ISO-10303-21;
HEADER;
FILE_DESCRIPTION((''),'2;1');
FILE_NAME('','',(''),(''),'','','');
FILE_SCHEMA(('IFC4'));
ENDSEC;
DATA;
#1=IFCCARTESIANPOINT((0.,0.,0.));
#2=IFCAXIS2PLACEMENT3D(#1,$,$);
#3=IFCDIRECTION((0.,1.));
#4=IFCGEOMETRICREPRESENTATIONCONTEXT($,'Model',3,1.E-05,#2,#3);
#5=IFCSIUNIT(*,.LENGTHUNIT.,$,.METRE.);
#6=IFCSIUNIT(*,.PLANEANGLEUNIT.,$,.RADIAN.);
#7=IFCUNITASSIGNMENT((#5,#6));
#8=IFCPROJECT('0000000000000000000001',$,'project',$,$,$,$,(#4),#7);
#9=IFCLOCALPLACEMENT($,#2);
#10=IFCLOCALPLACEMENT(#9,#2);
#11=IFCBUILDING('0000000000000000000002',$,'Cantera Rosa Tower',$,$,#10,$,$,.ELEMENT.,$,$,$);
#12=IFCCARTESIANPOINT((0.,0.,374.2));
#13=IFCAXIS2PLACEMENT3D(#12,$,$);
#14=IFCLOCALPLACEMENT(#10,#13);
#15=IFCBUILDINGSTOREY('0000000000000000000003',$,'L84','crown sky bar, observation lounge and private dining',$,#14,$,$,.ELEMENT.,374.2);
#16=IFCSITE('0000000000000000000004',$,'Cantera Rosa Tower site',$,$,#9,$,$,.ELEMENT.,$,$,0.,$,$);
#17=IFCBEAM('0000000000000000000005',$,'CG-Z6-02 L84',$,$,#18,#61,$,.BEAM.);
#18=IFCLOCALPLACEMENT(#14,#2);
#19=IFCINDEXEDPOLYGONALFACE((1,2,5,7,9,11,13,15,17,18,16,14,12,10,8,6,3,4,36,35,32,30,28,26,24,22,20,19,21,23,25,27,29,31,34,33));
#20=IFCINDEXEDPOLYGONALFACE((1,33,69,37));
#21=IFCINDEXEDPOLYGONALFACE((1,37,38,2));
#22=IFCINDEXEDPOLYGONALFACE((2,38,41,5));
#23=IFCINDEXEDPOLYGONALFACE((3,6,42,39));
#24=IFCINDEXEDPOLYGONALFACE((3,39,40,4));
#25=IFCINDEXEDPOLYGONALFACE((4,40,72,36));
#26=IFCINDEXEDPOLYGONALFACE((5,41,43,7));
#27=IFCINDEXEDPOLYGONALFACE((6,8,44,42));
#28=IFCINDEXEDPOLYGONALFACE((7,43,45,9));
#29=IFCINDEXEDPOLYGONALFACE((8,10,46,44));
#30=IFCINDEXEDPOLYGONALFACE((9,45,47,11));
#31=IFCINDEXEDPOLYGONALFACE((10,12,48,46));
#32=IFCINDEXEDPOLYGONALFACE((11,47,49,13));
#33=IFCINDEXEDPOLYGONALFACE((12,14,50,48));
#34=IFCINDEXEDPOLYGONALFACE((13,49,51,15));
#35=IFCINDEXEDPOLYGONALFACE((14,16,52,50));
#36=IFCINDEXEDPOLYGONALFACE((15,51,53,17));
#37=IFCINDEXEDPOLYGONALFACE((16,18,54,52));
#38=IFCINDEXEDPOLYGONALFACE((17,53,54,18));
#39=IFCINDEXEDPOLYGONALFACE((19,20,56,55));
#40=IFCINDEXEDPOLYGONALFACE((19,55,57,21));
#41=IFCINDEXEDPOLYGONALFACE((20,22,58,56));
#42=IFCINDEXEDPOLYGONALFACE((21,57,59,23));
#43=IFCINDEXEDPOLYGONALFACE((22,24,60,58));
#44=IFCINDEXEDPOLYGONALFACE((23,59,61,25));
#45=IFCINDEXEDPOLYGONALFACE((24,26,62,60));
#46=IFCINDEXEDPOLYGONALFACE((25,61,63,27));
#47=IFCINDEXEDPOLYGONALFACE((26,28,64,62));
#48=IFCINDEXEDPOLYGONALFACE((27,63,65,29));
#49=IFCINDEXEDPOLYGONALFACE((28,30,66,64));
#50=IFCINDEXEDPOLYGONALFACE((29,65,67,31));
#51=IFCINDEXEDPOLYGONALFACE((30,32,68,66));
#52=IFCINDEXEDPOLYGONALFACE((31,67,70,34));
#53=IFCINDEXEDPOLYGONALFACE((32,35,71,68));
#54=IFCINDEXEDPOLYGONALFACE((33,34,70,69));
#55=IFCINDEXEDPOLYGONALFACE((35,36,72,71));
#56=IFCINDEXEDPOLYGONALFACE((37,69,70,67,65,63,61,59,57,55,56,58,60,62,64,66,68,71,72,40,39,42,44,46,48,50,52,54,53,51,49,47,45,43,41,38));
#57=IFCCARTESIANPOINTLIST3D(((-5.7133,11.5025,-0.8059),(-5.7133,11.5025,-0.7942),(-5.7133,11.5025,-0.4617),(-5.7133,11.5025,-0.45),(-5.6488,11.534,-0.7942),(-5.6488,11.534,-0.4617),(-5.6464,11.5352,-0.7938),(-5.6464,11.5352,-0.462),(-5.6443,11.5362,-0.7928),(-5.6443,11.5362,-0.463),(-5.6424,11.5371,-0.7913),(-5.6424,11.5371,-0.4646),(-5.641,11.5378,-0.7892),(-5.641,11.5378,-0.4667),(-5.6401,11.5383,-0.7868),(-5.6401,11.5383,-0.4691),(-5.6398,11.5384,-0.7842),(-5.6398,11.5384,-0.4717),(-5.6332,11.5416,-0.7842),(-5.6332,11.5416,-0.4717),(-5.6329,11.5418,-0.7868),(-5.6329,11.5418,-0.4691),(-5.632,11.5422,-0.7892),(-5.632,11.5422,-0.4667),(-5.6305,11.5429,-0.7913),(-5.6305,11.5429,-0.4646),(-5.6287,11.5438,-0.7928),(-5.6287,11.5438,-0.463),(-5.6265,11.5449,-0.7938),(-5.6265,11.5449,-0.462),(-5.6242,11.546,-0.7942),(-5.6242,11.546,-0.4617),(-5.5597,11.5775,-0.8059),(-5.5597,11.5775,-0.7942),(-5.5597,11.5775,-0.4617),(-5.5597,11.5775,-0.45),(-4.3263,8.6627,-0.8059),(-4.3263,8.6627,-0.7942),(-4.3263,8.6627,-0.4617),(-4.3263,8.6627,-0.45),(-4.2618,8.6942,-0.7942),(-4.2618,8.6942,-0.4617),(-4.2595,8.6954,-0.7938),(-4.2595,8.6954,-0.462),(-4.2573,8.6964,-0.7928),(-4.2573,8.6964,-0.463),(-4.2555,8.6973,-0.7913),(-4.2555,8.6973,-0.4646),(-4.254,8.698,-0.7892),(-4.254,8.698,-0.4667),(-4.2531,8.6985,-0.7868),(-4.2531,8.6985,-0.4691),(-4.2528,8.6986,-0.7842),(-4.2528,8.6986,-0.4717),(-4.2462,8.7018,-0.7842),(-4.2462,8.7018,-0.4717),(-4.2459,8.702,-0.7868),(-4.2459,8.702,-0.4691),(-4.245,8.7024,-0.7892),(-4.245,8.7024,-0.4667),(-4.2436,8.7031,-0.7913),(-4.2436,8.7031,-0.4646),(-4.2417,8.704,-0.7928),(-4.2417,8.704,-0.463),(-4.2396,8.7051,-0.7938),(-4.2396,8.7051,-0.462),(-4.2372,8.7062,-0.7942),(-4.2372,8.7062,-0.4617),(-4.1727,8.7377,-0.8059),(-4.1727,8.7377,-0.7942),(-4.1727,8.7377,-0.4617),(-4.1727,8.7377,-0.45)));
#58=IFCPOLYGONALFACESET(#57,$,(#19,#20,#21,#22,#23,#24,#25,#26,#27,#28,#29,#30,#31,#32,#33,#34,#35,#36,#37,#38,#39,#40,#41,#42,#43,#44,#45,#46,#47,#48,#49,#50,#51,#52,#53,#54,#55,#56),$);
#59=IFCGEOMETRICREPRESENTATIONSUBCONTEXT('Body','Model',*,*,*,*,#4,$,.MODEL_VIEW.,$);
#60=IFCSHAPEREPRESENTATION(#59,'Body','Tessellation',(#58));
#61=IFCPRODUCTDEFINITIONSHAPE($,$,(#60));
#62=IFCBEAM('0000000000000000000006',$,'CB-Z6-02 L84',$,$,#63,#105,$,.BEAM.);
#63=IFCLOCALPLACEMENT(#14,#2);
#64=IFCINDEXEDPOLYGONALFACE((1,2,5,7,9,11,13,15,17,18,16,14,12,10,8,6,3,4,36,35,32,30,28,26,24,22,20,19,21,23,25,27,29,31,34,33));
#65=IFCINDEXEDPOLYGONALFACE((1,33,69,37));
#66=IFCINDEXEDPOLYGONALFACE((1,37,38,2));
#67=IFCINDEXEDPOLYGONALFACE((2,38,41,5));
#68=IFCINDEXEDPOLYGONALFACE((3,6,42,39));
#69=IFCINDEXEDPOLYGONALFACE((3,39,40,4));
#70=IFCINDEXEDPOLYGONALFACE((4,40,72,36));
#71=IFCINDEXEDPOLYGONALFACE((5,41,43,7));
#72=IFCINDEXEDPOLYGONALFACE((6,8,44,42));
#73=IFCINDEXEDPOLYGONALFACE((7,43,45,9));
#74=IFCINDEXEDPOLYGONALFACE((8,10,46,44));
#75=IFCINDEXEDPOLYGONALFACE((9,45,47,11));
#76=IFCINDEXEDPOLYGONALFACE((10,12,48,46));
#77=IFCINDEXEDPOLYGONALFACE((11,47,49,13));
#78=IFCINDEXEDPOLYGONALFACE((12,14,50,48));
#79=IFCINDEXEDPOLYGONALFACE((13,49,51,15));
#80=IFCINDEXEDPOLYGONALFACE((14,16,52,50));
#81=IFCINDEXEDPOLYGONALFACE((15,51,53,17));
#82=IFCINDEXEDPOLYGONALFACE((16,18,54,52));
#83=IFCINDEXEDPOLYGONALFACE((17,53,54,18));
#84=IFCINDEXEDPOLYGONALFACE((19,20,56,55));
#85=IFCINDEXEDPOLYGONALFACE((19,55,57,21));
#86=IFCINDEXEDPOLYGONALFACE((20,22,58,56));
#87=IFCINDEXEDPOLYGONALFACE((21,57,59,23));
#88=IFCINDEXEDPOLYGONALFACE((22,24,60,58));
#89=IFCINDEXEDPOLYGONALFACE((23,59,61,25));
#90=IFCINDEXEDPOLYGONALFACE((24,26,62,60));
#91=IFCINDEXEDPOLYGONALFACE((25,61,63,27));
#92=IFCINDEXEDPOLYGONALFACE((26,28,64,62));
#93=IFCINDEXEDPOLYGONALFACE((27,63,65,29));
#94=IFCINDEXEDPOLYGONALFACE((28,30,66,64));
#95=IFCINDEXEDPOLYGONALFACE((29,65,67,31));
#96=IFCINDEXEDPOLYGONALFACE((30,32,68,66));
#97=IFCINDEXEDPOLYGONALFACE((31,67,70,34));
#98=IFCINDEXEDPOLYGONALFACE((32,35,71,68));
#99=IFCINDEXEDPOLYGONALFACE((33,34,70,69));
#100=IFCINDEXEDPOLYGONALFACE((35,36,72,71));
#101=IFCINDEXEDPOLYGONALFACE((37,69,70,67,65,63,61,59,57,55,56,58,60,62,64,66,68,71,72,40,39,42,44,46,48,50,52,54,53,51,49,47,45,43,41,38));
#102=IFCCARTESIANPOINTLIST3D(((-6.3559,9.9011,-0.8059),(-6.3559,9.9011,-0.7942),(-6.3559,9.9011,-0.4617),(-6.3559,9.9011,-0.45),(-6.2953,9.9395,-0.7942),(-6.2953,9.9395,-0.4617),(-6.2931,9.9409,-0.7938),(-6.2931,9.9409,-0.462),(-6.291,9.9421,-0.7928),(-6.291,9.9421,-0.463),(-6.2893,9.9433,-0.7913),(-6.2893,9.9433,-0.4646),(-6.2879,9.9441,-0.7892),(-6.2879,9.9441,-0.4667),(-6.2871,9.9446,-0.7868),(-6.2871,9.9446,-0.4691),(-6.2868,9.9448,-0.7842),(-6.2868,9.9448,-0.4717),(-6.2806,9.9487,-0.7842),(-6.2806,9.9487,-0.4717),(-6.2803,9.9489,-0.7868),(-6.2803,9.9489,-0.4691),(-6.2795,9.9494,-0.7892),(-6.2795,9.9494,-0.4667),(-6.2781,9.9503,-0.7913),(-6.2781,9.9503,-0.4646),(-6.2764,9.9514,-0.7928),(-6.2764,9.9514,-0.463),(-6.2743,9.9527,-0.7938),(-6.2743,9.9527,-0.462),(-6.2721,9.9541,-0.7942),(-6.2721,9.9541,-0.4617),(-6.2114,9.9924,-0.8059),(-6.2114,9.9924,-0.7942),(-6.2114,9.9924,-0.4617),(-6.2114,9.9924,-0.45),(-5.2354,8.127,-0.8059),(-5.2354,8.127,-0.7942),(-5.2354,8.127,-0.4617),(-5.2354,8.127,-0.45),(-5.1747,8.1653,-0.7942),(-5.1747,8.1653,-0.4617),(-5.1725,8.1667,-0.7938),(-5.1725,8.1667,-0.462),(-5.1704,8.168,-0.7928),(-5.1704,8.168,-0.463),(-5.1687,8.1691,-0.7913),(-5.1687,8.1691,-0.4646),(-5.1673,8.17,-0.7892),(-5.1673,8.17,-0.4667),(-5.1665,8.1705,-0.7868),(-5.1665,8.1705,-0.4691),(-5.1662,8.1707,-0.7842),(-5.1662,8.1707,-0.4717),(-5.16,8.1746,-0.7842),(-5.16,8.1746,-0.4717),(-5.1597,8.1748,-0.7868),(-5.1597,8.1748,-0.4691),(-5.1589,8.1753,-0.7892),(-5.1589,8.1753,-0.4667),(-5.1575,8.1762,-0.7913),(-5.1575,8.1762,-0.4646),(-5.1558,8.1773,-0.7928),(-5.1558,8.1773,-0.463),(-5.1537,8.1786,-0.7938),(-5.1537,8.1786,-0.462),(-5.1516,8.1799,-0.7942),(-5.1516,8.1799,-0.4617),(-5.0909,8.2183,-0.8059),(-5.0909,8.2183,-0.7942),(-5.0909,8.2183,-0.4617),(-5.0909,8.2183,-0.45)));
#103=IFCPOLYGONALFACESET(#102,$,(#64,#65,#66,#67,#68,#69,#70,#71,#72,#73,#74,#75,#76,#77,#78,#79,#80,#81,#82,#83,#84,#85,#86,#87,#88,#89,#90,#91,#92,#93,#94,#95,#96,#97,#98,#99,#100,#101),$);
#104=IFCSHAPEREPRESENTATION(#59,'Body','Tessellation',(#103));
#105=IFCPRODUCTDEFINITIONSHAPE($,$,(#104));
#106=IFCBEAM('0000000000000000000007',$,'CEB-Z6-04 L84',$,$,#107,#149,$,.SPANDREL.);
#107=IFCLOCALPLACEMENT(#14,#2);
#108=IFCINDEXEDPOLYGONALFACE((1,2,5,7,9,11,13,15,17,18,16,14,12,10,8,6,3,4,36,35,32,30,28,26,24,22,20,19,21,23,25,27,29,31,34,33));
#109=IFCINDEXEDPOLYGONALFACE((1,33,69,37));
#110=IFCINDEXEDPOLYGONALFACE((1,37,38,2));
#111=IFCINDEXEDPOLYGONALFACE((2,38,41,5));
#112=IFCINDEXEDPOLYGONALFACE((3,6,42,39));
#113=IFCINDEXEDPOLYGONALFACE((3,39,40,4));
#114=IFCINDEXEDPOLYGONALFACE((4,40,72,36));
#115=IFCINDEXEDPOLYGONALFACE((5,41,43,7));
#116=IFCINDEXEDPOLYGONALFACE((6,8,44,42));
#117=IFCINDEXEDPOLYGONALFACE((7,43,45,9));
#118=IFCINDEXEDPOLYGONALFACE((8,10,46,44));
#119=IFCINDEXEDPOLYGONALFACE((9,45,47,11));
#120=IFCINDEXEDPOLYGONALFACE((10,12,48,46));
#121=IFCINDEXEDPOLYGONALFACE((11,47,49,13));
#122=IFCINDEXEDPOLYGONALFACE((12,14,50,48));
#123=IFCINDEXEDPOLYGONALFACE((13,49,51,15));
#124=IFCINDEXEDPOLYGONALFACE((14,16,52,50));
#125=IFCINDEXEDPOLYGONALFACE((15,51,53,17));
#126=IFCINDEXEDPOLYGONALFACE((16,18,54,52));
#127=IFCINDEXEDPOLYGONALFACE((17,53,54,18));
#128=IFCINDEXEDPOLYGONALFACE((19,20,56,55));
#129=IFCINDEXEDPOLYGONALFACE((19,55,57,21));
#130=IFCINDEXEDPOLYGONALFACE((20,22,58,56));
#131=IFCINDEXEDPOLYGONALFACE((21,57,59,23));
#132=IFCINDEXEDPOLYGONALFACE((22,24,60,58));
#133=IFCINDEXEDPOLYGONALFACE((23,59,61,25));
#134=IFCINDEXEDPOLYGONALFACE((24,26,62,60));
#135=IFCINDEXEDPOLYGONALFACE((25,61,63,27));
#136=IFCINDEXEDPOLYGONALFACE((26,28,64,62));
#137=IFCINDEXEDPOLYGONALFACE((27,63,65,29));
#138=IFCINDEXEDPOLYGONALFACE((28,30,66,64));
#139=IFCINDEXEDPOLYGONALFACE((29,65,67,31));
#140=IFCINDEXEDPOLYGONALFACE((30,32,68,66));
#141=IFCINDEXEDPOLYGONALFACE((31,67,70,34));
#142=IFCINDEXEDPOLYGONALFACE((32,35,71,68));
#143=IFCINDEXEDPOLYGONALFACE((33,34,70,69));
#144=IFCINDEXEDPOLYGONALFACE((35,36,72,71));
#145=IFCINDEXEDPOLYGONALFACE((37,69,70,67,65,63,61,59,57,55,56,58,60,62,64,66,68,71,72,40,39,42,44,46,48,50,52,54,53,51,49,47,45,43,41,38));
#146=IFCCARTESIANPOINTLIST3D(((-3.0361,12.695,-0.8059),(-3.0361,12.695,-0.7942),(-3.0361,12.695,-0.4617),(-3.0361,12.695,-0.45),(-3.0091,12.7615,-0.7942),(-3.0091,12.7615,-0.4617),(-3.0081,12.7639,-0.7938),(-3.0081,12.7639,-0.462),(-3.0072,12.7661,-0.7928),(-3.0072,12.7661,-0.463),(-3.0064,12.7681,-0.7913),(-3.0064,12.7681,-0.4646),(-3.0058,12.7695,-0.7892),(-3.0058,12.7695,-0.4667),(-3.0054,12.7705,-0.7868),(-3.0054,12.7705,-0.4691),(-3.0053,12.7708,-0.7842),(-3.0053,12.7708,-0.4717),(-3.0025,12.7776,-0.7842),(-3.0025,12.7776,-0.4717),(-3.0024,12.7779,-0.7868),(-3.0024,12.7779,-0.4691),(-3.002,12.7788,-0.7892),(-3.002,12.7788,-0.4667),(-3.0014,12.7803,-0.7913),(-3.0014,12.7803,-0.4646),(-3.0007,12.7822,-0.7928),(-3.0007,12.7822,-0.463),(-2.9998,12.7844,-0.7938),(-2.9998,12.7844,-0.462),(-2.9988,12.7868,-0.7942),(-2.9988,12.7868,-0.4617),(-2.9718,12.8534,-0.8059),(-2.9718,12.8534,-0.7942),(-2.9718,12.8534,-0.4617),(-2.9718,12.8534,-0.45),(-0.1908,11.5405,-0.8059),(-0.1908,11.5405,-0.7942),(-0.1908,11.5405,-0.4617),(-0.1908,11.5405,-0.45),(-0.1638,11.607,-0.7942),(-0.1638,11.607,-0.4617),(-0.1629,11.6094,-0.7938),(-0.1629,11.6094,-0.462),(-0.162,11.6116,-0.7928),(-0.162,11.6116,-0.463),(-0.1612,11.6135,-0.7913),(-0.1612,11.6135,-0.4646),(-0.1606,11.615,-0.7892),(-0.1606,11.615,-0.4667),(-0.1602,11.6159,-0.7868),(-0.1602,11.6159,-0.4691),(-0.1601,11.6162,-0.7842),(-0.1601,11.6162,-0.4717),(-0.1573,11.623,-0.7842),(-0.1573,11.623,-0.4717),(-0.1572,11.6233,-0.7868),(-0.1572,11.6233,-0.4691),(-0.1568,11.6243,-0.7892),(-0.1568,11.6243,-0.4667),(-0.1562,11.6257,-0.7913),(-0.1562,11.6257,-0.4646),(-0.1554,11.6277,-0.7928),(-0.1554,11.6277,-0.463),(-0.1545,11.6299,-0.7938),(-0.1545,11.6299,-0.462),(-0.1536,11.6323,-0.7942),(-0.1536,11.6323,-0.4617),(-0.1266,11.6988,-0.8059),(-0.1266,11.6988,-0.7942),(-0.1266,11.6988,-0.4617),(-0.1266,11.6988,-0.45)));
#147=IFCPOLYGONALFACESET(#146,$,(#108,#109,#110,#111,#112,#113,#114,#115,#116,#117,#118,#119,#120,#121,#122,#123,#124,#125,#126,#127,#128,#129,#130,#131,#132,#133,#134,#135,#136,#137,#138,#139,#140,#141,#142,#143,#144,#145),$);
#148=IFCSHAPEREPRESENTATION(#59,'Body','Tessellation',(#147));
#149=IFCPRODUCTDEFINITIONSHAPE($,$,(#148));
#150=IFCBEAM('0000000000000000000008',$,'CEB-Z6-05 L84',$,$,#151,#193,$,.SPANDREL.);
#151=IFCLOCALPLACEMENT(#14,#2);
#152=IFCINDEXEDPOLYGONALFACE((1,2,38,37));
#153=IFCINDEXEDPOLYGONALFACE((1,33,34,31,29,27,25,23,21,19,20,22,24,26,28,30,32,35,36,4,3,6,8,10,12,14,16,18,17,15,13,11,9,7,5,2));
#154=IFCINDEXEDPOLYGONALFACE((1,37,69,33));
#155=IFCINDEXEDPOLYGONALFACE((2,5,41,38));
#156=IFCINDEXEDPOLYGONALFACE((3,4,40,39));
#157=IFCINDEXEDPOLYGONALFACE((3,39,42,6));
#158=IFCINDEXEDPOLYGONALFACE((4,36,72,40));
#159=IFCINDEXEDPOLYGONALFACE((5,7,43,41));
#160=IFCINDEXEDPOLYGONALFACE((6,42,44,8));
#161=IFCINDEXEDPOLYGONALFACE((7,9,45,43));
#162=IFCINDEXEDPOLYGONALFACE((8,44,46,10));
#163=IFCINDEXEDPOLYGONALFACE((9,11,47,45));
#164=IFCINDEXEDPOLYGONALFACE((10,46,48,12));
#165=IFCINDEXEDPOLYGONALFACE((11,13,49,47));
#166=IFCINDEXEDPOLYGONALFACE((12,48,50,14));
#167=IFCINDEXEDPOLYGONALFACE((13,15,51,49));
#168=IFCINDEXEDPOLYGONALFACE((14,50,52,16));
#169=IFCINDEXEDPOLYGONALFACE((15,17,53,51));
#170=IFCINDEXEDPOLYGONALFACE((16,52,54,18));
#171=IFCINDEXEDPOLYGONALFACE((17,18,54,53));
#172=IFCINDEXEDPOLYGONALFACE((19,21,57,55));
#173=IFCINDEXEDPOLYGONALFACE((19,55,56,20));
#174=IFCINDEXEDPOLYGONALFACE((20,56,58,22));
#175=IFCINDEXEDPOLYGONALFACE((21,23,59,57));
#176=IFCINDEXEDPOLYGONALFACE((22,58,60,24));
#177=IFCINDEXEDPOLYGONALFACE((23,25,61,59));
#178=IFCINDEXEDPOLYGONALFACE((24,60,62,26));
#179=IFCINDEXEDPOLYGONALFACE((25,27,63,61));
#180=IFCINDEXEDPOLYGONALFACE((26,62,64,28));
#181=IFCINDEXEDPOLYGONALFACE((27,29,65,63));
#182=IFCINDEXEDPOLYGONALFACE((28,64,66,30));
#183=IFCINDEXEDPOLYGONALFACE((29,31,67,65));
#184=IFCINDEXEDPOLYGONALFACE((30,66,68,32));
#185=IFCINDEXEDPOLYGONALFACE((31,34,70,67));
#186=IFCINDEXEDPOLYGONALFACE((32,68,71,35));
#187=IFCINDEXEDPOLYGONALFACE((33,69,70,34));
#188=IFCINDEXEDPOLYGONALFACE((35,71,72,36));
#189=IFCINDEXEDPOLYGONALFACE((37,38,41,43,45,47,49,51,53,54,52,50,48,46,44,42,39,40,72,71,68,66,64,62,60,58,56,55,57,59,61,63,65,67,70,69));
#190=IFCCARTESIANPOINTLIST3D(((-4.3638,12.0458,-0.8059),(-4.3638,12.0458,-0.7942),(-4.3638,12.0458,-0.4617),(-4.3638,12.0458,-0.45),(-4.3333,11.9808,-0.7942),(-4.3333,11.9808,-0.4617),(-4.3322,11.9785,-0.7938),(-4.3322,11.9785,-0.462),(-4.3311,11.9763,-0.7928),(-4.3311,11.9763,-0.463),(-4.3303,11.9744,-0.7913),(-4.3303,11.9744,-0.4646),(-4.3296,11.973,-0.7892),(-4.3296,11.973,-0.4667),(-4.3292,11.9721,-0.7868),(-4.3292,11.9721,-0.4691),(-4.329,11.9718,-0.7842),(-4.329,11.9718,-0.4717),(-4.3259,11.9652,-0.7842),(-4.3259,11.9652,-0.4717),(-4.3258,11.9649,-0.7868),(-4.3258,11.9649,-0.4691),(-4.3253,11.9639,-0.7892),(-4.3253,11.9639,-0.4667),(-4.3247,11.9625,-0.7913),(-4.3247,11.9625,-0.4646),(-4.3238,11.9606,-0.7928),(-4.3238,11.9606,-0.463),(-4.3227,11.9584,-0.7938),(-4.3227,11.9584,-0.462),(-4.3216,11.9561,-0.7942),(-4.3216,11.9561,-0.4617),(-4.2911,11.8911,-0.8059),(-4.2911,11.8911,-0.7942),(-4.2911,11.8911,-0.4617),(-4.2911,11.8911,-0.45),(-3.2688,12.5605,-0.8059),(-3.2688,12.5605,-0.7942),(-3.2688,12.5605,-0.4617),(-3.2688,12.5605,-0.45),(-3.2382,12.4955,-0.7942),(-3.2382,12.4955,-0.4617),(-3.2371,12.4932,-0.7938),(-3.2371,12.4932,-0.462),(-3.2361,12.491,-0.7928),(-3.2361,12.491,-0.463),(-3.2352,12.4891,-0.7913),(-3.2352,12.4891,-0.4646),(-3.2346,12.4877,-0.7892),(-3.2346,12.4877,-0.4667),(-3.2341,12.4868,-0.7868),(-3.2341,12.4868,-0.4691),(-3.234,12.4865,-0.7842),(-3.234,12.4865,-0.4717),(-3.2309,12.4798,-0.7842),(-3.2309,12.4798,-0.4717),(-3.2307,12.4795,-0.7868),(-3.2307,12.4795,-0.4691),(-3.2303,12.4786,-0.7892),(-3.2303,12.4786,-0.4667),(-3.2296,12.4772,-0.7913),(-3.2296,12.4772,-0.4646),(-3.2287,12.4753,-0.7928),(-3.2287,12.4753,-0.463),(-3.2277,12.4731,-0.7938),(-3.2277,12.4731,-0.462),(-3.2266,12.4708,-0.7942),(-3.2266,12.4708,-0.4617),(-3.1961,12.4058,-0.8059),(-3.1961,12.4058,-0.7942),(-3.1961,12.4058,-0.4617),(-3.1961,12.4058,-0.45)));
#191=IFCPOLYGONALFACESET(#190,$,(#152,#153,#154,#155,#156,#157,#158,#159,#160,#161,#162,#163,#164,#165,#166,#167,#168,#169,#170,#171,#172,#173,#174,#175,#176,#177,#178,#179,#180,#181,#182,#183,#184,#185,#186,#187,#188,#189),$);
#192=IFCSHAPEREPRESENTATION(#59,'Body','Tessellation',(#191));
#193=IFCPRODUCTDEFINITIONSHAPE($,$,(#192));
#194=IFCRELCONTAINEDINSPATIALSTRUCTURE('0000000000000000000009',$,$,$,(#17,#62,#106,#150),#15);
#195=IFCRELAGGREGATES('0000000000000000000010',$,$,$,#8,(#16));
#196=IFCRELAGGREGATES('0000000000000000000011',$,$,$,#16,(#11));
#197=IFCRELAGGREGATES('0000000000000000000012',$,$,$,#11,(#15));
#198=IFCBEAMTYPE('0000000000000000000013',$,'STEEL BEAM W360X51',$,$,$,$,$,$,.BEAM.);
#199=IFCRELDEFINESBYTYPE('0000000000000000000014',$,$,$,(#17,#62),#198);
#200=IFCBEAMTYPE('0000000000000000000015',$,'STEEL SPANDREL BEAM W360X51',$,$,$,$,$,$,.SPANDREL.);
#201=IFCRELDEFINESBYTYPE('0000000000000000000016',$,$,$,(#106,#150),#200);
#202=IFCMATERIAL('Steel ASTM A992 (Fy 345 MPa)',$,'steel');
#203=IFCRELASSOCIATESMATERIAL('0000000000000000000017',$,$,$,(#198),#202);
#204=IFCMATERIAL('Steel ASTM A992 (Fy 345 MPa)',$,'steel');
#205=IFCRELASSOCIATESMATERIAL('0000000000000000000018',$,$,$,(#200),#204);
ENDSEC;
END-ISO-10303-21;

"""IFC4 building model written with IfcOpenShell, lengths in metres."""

from ifc_helpers import new_model, si_unit, direction, frame, origin, origin_2d, place, context, subcontext, project, spatial, i_section, extrude, material, material_profile, profile_set, type_object, element, save


model = new_model("IFC4")

# Units and contexts
model_context = context("Model", 3, precision=1e-05, world=origin(), true_north=direction((0.0, 1.0)))
body_context = subcontext(model_context, "Body", "Model", "MODEL_VIEW")
ifc_project = project(units=[si_unit("LENGTHUNIT", "METRE"), si_unit("PLANEANGLEUNIT", "RADIAN")], contexts=[model_context])

# Site, building, storey
site_placement = place(None, origin())
site = spatial("IfcSite", under=ifc_project, at=site_placement, Name="Cantera Rosa Tower site", CompositionType="ELEMENT", RefElevation=0.0)
building_placement = place(site_placement, origin())
building = spatial("IfcBuilding", under=site, at=building_placement, Name="Cantera Rosa Tower", CompositionType="ELEMENT")
storey_placement = place(building_placement, frame((0.0, 0.0, 374.2)))
storey = spatial("IfcBuildingStorey", under=building, at=storey_placement, Name="L84", Description="crown sky bar, observation lounge and private dining", CompositionType="ELEMENT", Elevation=374.2)

# Beams
ifc_material_1 = material(Name="Steel ASTM A992 (Fy 345 MPa)", Category="steel")
ifc_material_profile_1 = material_profile(ifc_material_1, i_section(OverallWidth=0.1709, OverallDepth=0.356, WebThickness=0.0073, FlangeThickness=0.0117, FilletRadius=0.01, at=origin_2d()), Name="W360X51")
ifc_profile_set_1 = profile_set([ifc_material_profile_1], Name="Steel ASTM A992 (Fy 345 MPa)")
beam_type_1 = type_object("IfcBeamType", Name="STEEL BEAM W360X51", PredefinedType="BEAM", material=ifc_profile_set_1)
beam_1_placement = place(storey_placement, frame((-5.6365, 11.54, -0.6279), z_axis=(0.438851, -0.89856, 0.0), x_axis=(0.89856, 0.438851, 0.0)))
element("IfcBeam", 1, at=beam_1_placement, inside=storey, type_object=beam_type_1, Name="CG-Z6-02 L84", PredefinedType="BEAM", context=body_context, shape_type="SweptSolid", body=[
    extrude(i_section(OverallWidth=0.1709, OverallDepth=0.356, WebThickness=0.0073, FlangeThickness=0.0117, FilletRadius=0.01, at=origin_2d()), origin(), (0.0, 0.0, 1.0), 3.1604),
])
beam_2_placement = place(storey_placement, frame((-6.2837, 9.9468, -0.6279), z_axis=(0.534019, -0.845472, 0.0), x_axis=(0.845472, 0.534019, 0.0)))
element("IfcBeam", 2, at=beam_2_placement, inside=storey, type_object=beam_type_1, Name="CB-Z6-02 L84", PredefinedType="BEAM", context=body_context, shape_type="SweptSolid", body=[
    extrude(i_section(OverallWidth=0.1709, OverallDepth=0.356, WebThickness=0.0073, FlangeThickness=0.0117, FilletRadius=0.01, at=origin_2d()), origin(), (0.0, 0.0, 1.0), 2.0984),
])
ifc_material_2 = material(Name="Steel ASTM A992 (Fy 345 MPa)", Category="steel")
ifc_material_profile_2 = material_profile(ifc_material_2, i_section(OverallWidth=0.1709, OverallDepth=0.356, WebThickness=0.0073, FlangeThickness=0.0117, FilletRadius=0.01, at=origin_2d()), Name="W360X51")
ifc_profile_set_2 = profile_set([ifc_material_profile_2], Name="Steel ASTM A992 (Fy 345 MPa)")
beam_type_2 = type_object("IfcBeamType", Name="STEEL SPANDREL BEAM W360X51", PredefinedType="SPANDREL", material=ifc_profile_set_2)
beam_3_placement = place(storey_placement, frame((-0.1587, 11.6196, -0.6279), z_axis=(-0.926617, 0.376006, 0.0), x_axis=(-0.376006, -0.926617, 0.0)))
element("IfcBeam", 3, at=beam_3_placement, inside=storey, type_object=beam_type_2, Name="CEB-Z6-04 L84", PredefinedType="SPANDREL", context=body_context, shape_type="SweptSolid", body=[
    extrude(i_section(OverallWidth=0.1709, OverallDepth=0.356, WebThickness=0.0073, FlangeThickness=0.0117, FilletRadius=0.01, at=origin_2d()), origin(), (0.0, 0.0, 1.0), 3.0706),
])
beam_4_placement = place(storey_placement, frame((-3.2324, 12.4832, -0.6279), z_axis=(-0.90502, -0.425369, 0.0), x_axis=(0.425369, -0.90502, 0.0)))
element("IfcBeam", 4, at=beam_4_placement, inside=storey, type_object=beam_type_2, Name="CEB-Z6-05 L84", PredefinedType="SPANDREL", context=body_context, shape_type="SweptSolid", body=[
    extrude(i_section(OverallWidth=0.1709, OverallDepth=0.356, WebThickness=0.0073, FlangeThickness=0.0117, FilletRadius=0.01, at=origin_2d()), origin(), (0.0, 0.0, 1.0), 1.21),
])

save(model, "model.ifc")
